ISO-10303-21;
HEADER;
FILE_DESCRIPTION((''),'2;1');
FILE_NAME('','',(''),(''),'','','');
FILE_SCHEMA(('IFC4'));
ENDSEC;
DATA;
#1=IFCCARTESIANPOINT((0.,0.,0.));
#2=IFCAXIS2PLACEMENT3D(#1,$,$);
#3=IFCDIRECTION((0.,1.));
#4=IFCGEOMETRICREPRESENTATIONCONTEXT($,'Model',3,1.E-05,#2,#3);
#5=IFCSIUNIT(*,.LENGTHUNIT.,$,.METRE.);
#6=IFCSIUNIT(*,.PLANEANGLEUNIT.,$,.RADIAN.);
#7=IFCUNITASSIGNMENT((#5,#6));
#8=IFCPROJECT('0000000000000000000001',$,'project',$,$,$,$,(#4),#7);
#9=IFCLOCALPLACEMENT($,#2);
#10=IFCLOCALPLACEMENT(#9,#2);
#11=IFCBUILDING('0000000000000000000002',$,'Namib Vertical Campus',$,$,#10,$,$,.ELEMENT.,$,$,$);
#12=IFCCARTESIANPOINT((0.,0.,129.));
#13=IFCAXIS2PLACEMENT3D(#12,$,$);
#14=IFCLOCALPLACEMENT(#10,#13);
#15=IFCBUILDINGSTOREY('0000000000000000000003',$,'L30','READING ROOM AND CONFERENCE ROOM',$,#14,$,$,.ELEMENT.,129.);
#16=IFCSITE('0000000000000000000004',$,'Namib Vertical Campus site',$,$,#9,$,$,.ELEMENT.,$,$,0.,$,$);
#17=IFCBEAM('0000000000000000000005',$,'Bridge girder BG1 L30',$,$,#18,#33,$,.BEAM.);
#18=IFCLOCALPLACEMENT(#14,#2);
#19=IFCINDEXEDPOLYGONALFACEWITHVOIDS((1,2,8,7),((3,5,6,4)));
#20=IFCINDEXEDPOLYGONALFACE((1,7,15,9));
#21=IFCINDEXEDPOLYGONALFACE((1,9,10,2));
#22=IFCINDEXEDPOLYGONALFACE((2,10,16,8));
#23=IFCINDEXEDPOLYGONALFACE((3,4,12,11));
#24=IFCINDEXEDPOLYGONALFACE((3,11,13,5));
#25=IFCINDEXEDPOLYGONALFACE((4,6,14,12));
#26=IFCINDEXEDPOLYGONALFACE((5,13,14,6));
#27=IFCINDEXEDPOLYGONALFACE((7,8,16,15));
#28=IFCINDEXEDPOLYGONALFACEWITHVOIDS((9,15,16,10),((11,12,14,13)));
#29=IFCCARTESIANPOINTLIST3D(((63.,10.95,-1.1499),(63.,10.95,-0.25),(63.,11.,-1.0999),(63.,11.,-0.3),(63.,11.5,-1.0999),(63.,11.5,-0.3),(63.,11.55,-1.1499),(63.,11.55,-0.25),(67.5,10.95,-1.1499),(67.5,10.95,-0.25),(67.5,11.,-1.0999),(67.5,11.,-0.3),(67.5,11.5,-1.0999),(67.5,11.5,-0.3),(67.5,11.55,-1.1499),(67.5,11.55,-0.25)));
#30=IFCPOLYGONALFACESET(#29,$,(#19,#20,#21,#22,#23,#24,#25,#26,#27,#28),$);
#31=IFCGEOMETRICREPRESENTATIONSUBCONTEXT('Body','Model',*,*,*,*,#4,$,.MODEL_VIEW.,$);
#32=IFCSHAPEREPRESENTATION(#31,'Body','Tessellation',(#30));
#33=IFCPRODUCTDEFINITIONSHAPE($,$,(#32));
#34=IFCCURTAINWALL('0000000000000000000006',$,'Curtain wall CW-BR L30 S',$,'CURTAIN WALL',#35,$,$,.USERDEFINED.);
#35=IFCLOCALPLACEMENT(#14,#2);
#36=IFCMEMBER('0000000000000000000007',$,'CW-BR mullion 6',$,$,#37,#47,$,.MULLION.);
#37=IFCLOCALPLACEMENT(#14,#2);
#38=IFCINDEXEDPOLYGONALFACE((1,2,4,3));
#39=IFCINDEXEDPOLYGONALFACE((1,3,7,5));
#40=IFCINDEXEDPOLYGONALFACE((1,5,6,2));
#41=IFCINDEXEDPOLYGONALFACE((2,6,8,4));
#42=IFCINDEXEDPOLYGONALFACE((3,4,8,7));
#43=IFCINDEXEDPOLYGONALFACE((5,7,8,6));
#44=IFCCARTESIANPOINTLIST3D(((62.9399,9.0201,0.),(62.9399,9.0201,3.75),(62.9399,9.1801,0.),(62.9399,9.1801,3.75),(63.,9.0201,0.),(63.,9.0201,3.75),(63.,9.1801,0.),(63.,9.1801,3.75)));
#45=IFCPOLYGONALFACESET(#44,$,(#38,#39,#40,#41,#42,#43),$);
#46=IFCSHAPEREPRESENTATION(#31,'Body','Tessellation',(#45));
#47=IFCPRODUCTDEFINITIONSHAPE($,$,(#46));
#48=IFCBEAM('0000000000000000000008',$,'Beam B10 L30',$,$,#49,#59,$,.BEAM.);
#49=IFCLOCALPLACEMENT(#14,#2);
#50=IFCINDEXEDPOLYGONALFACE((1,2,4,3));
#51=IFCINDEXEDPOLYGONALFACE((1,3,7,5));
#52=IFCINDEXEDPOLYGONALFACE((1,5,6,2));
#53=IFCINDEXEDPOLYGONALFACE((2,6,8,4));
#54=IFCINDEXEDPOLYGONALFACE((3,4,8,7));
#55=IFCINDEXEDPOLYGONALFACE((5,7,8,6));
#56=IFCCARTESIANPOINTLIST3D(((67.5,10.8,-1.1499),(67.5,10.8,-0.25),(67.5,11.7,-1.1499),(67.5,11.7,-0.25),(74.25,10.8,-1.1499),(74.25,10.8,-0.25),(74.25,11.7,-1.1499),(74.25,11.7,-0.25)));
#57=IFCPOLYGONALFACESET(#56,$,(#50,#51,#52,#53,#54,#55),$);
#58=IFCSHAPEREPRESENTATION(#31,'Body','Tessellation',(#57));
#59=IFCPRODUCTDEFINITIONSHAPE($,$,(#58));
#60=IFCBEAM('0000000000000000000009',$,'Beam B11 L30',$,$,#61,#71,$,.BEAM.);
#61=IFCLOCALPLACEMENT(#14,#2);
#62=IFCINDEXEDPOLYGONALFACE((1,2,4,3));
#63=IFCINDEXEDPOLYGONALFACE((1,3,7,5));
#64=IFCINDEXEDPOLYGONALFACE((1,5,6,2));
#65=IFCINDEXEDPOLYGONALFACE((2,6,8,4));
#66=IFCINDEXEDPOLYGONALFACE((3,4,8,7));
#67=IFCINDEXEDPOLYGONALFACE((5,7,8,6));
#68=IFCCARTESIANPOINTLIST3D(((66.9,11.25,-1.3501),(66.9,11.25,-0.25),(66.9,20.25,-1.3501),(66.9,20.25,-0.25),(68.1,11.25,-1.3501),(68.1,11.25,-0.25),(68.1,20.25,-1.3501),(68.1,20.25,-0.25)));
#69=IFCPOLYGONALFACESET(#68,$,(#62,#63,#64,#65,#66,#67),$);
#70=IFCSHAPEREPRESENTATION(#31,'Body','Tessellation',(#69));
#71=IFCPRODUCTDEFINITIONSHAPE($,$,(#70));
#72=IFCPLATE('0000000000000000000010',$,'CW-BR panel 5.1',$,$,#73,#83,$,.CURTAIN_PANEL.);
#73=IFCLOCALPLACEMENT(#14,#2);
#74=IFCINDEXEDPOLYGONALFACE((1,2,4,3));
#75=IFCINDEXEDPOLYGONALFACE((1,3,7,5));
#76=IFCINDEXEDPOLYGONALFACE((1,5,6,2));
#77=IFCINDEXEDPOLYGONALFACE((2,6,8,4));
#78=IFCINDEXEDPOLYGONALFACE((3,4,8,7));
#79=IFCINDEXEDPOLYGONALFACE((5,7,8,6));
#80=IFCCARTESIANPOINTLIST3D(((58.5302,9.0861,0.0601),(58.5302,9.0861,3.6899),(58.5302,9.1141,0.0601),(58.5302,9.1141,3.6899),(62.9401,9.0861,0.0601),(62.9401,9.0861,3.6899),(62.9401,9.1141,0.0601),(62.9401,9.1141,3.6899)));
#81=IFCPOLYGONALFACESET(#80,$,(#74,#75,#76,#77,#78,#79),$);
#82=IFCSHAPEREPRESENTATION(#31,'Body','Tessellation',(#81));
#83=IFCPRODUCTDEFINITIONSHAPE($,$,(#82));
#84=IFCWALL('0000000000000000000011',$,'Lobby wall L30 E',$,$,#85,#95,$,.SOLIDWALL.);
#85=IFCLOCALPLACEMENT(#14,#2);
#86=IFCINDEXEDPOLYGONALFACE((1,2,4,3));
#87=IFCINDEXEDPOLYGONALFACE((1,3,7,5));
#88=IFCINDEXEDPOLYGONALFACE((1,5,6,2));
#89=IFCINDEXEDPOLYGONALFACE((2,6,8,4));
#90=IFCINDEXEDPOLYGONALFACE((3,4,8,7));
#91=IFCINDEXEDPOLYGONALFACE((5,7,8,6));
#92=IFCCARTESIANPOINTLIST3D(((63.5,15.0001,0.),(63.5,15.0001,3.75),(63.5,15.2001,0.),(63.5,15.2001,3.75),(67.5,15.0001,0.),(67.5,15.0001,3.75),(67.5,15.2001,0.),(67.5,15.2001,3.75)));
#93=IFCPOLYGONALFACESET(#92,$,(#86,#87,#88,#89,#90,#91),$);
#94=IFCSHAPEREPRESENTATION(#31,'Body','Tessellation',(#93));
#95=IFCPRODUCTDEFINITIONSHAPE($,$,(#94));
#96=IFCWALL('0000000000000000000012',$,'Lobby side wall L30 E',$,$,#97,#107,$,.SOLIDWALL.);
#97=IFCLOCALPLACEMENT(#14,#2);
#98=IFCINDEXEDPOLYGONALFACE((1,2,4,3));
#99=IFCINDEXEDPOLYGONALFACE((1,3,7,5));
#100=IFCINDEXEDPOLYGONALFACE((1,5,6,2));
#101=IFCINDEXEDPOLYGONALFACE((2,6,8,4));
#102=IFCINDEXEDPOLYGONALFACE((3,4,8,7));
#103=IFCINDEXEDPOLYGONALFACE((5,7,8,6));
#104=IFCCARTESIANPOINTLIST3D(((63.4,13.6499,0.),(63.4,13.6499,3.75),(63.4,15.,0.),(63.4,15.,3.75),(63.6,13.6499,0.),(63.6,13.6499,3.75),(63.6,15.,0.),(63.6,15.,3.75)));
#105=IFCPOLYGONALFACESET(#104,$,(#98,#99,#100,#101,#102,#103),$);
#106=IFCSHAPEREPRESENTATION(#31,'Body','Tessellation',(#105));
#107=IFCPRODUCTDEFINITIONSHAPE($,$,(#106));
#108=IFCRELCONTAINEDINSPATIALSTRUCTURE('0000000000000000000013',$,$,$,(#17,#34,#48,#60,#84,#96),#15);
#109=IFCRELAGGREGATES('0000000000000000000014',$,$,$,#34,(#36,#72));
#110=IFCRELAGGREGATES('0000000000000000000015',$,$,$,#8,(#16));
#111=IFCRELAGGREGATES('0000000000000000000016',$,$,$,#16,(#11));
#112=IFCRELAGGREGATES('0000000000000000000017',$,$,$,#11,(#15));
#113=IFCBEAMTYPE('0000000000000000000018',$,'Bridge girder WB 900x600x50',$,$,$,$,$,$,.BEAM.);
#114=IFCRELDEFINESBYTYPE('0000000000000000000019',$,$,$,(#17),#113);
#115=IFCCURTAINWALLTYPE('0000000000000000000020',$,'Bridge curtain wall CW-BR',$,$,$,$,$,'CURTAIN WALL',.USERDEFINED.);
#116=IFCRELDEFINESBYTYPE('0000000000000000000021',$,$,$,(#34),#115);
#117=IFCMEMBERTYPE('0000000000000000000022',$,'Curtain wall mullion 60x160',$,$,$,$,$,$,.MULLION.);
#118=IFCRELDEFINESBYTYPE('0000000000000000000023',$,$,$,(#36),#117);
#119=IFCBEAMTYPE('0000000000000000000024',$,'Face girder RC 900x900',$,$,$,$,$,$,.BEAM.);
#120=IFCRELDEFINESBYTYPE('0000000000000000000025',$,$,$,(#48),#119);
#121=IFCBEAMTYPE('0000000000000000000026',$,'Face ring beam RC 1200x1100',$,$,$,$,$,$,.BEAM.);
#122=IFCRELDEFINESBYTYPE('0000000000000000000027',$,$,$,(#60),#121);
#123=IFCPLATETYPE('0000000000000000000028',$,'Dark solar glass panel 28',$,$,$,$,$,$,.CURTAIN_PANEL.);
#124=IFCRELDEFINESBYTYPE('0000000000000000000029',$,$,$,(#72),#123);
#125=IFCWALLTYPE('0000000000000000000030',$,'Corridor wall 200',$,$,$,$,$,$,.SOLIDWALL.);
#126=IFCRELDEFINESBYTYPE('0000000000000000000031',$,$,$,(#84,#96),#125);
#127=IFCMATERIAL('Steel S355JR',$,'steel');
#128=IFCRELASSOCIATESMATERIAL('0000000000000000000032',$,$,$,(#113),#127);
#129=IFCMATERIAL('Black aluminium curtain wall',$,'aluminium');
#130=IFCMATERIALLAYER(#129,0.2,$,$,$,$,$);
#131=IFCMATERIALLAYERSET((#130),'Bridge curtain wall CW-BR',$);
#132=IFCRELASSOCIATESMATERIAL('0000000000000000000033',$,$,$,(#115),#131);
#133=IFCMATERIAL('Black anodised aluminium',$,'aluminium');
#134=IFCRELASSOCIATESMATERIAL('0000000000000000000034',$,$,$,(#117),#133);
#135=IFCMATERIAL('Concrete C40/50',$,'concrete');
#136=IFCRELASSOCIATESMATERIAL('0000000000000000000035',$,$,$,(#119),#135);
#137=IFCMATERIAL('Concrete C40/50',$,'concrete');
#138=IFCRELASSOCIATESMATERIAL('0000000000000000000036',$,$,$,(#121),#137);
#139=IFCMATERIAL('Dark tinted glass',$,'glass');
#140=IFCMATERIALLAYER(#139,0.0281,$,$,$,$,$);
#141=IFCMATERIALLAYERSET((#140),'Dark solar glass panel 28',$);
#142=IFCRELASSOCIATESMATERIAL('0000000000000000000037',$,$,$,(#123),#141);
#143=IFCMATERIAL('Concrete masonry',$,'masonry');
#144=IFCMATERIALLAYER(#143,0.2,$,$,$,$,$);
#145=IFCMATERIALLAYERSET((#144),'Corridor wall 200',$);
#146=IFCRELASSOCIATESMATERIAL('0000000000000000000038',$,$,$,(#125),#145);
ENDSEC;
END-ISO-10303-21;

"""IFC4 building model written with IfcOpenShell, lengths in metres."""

from ifc_helpers import new_model, si_unit, direction, frame, frame_2d, origin, origin_2d, place, context, subcontext, project, spatial, rectangle, hollow_rectangle, extrude, material, layer, layer_set, material_profile, profile_set, type_object, element, aggregate, save


model = new_model("IFC4")

# Units and contexts
model_context = context("Model", 3, precision=1e-05, world=origin(), true_north=direction((0.0, 1.0)))
body_context = subcontext(model_context, "Body", "Model", "MODEL_VIEW")
ifc_project = project(units=[si_unit("LENGTHUNIT", "METRE"), si_unit("PLANEANGLEUNIT", "RADIAN")], contexts=[model_context])

# Site, building, storey
site_placement = place(None, origin())
site = spatial("IfcSite", under=ifc_project, at=site_placement, Name="Namib Vertical Campus site", CompositionType="ELEMENT", RefElevation=0.0)
building_placement = place(site_placement, origin())
building = spatial("IfcBuilding", under=site, at=building_placement, Name="Namib Vertical Campus", CompositionType="ELEMENT")
storey_placement = place(building_placement, frame((0.0, 0.0, 129.0)))
storey = spatial("IfcBuildingStorey", under=building, at=storey_placement, Name="L30", Description="READING ROOM AND CONFERENCE ROOM", CompositionType="ELEMENT", Elevation=129.0)

# Beam
ifc_material_1 = material(Name="Steel S355JR", Category="steel")
ifc_material_profile_1 = material_profile(ifc_material_1, hollow_rectangle(XDim=0.6001, YDim=0.8999, WallThickness=0.05, at=origin_2d()))
ifc_profile_set_1 = profile_set([ifc_material_profile_1], Name="Steel S355JR")
beam_type_1 = type_object("IfcBeamType", Name="Bridge girder WB 900x600x50", PredefinedType="BEAM", material=ifc_profile_set_1)
for number, where, z_axis, x_axis, name in (
    (1, (63.0, 11.25, -0.7), (1.0, 0.0, 0.0), (0.0, 1.0, 0.0), "Bridge girder BG1 L30"),
):
    element("IfcBeam", number, at=place(storey_placement, frame(where, z_axis=z_axis, x_axis=x_axis)), inside=storey, type_object=beam_type_1, Name=name, PredefinedType="BEAM", context=body_context, shape_type="SweptSolid", body=[
        extrude(hollow_rectangle(XDim=0.6001, YDim=0.8999, WallThickness=0.05, at=origin_2d()), origin(), (0.0, 0.0, 1.0), 4.5),
    ])

# Curtain wall, member
ifc_material_2 = material(Name="Black aluminium curtain wall", Category="aluminium")
ifc_layer_1 = layer(ifc_material_2, 0.2)
ifc_layer_set_1 = layer_set([ifc_layer_1], Name="Bridge curtain wall CW-BR")
curtain_wall_type = type_object("IfcCurtainWallType", Name="Bridge curtain wall CW-BR", ElementType="CURTAIN WALL", PredefinedType="USERDEFINED", material=ifc_layer_set_1)
curtain_wall_placement = place(storey_placement, origin())
curtain_wall = element("IfcCurtainWall", 2, at=curtain_wall_placement, inside=storey, type_object=curtain_wall_type, Name="Curtain wall CW-BR L30 S", ObjectType="CURTAIN WALL", PredefinedType="USERDEFINED")
ifc_material_3 = material(Name="Black anodised aluminium", Category="aluminium")
ifc_material_profile_2 = material_profile(ifc_material_3, rectangle(XDim=0.0601, YDim=0.1599, at=origin_2d()))
ifc_profile_set_2 = profile_set([ifc_material_profile_2], Name="Black anodised aluminium")
member_type_1 = type_object("IfcMemberType", Name="Curtain wall mullion 60x160", PredefinedType="MULLION", material=ifc_profile_set_2)
member_placement = place(storey_placement, frame((62.97, 9.1001, 0.0), z_axis=(0.0, 0.0, 1.0), x_axis=(1.0, 0.0, 0.0)))
member = element("IfcMember", 3, at=member_placement, type_object=member_type_1, Name="CW-BR mullion 6", PredefinedType="MULLION", context=body_context, shape_type="SweptSolid", body=[
    extrude(rectangle(XDim=0.0601, YDim=0.1599, at=origin_2d()), origin(), (0.0, 0.0, 1.0), 3.75),
])

# Beams
ifc_material_4 = material(Name="Concrete C40/50", Category="concrete")
ifc_material_profile_3 = material_profile(ifc_material_4, rectangle(XDim=0.8999, YDim=0.8999, at=origin_2d()))
ifc_profile_set_3 = profile_set([ifc_material_profile_3], Name="Concrete C40/50")
beam_type_2 = type_object("IfcBeamType", Name="Face girder RC 900x900", PredefinedType="BEAM", material=ifc_profile_set_3)
beam_1_placement = place(storey_placement, frame((67.5, 11.25, -0.7), z_axis=(1.0, 0.0, 0.0), x_axis=(0.0, 1.0, 0.0)))
element("IfcBeam", 4, at=beam_1_placement, inside=storey, type_object=beam_type_2, Name="Beam B10 L30", PredefinedType="BEAM", context=body_context, shape_type="SweptSolid", body=[
    extrude(rectangle(XDim=0.8999, YDim=0.8999, at=origin_2d()), origin(), (0.0, 0.0, 1.0), 6.75),
])
ifc_material_5 = material(Name="Concrete C40/50", Category="concrete")
ifc_material_profile_4 = material_profile(ifc_material_5, rectangle(XDim=1.2, YDim=1.1001, at=origin_2d()))
ifc_profile_set_4 = profile_set([ifc_material_profile_4], Name="Concrete C40/50")
beam_type_3 = type_object("IfcBeamType", Name="Face ring beam RC 1200x1100", PredefinedType="BEAM", material=ifc_profile_set_4)
beam_2_placement = place(storey_placement, frame((67.5, 11.25, -0.8), z_axis=(0.0, 1.0, 0.0), x_axis=(-1.0, 0.0, 0.0)))
element("IfcBeam", 5, at=beam_2_placement, inside=storey, type_object=beam_type_3, Name="Beam B11 L30", PredefinedType="BEAM", context=body_context, shape_type="SweptSolid", body=[
    extrude(rectangle(XDim=1.2, YDim=1.1001, at=origin_2d()), origin(), (0.0, 0.0, 1.0), 9.0),
])

# Plate
ifc_material_6 = material(Name="Dark tinted glass", Category="glass")
ifc_layer_2 = layer(ifc_material_6, 0.0281)
ifc_layer_set_2 = layer_set([ifc_layer_2], Name="Dark solar glass panel 28")
plate_type = type_object("IfcPlateType", Name="Dark solar glass panel 28", PredefinedType="CURTAIN_PANEL", material=ifc_layer_set_2)
plate_placement = place(storey_placement, frame((60.7351, 9.1001, 0.0601), z_axis=(0.0, 0.0, 1.0), x_axis=(1.0, 0.0, 0.0)))
plate = element("IfcPlate", 6, at=plate_placement, type_object=plate_type, Name="CW-BR panel 5.1", PredefinedType="CURTAIN_PANEL", context=body_context, shape_type="SweptSolid", body=[
    extrude(rectangle(XDim=4.4099, YDim=0.0281, at=origin_2d()), origin(), (0.0, 0.0, 1.0), 3.6299),
])
aggregate(curtain_wall, [member, plate])

# Walls
ifc_material_7 = material(Name="Concrete masonry", Category="masonry")
ifc_layer_3 = layer(ifc_material_7, 0.2)
ifc_layer_set_3 = layer_set([ifc_layer_3], Name="Corridor wall 200")
wall_type = type_object("IfcWallType", Name="Corridor wall 200", PredefinedType="SOLIDWALL", material=ifc_layer_set_3)
wall_1_placement = place(storey_placement, frame((63.5, 15.1001, 0.0), z_axis=(0.0, 0.0, 1.0), x_axis=(1.0, 0.0, 0.0)))
element("IfcWall", 7, at=wall_1_placement, inside=storey, type_object=wall_type, Name="Lobby wall L30 E", PredefinedType="SOLIDWALL", context=body_context, shape_type="SweptSolid", body=[
    extrude(rectangle(XDim=4.0, YDim=0.2, at=frame_2d((2.0, 0.0))), origin(), (0.0, 0.0, 1.0), 3.75),
])
wall_2_placement = place(storey_placement, frame((63.5, 13.6499, 0.0), z_axis=(0.0, 0.0, 1.0), x_axis=(0.0, 1.0, 0.0)))
element("IfcWall", 8, at=wall_2_placement, inside=storey, type_object=wall_type, Name="Lobby side wall L30 E", PredefinedType="SOLIDWALL", context=body_context, shape_type="SweptSolid", body=[
    extrude(rectangle(XDim=1.3501, YDim=0.2, at=frame_2d((0.675, 0.0))), origin(), (0.0, 0.0, 1.0), 3.75),
])

save(model, "model.ifc")
